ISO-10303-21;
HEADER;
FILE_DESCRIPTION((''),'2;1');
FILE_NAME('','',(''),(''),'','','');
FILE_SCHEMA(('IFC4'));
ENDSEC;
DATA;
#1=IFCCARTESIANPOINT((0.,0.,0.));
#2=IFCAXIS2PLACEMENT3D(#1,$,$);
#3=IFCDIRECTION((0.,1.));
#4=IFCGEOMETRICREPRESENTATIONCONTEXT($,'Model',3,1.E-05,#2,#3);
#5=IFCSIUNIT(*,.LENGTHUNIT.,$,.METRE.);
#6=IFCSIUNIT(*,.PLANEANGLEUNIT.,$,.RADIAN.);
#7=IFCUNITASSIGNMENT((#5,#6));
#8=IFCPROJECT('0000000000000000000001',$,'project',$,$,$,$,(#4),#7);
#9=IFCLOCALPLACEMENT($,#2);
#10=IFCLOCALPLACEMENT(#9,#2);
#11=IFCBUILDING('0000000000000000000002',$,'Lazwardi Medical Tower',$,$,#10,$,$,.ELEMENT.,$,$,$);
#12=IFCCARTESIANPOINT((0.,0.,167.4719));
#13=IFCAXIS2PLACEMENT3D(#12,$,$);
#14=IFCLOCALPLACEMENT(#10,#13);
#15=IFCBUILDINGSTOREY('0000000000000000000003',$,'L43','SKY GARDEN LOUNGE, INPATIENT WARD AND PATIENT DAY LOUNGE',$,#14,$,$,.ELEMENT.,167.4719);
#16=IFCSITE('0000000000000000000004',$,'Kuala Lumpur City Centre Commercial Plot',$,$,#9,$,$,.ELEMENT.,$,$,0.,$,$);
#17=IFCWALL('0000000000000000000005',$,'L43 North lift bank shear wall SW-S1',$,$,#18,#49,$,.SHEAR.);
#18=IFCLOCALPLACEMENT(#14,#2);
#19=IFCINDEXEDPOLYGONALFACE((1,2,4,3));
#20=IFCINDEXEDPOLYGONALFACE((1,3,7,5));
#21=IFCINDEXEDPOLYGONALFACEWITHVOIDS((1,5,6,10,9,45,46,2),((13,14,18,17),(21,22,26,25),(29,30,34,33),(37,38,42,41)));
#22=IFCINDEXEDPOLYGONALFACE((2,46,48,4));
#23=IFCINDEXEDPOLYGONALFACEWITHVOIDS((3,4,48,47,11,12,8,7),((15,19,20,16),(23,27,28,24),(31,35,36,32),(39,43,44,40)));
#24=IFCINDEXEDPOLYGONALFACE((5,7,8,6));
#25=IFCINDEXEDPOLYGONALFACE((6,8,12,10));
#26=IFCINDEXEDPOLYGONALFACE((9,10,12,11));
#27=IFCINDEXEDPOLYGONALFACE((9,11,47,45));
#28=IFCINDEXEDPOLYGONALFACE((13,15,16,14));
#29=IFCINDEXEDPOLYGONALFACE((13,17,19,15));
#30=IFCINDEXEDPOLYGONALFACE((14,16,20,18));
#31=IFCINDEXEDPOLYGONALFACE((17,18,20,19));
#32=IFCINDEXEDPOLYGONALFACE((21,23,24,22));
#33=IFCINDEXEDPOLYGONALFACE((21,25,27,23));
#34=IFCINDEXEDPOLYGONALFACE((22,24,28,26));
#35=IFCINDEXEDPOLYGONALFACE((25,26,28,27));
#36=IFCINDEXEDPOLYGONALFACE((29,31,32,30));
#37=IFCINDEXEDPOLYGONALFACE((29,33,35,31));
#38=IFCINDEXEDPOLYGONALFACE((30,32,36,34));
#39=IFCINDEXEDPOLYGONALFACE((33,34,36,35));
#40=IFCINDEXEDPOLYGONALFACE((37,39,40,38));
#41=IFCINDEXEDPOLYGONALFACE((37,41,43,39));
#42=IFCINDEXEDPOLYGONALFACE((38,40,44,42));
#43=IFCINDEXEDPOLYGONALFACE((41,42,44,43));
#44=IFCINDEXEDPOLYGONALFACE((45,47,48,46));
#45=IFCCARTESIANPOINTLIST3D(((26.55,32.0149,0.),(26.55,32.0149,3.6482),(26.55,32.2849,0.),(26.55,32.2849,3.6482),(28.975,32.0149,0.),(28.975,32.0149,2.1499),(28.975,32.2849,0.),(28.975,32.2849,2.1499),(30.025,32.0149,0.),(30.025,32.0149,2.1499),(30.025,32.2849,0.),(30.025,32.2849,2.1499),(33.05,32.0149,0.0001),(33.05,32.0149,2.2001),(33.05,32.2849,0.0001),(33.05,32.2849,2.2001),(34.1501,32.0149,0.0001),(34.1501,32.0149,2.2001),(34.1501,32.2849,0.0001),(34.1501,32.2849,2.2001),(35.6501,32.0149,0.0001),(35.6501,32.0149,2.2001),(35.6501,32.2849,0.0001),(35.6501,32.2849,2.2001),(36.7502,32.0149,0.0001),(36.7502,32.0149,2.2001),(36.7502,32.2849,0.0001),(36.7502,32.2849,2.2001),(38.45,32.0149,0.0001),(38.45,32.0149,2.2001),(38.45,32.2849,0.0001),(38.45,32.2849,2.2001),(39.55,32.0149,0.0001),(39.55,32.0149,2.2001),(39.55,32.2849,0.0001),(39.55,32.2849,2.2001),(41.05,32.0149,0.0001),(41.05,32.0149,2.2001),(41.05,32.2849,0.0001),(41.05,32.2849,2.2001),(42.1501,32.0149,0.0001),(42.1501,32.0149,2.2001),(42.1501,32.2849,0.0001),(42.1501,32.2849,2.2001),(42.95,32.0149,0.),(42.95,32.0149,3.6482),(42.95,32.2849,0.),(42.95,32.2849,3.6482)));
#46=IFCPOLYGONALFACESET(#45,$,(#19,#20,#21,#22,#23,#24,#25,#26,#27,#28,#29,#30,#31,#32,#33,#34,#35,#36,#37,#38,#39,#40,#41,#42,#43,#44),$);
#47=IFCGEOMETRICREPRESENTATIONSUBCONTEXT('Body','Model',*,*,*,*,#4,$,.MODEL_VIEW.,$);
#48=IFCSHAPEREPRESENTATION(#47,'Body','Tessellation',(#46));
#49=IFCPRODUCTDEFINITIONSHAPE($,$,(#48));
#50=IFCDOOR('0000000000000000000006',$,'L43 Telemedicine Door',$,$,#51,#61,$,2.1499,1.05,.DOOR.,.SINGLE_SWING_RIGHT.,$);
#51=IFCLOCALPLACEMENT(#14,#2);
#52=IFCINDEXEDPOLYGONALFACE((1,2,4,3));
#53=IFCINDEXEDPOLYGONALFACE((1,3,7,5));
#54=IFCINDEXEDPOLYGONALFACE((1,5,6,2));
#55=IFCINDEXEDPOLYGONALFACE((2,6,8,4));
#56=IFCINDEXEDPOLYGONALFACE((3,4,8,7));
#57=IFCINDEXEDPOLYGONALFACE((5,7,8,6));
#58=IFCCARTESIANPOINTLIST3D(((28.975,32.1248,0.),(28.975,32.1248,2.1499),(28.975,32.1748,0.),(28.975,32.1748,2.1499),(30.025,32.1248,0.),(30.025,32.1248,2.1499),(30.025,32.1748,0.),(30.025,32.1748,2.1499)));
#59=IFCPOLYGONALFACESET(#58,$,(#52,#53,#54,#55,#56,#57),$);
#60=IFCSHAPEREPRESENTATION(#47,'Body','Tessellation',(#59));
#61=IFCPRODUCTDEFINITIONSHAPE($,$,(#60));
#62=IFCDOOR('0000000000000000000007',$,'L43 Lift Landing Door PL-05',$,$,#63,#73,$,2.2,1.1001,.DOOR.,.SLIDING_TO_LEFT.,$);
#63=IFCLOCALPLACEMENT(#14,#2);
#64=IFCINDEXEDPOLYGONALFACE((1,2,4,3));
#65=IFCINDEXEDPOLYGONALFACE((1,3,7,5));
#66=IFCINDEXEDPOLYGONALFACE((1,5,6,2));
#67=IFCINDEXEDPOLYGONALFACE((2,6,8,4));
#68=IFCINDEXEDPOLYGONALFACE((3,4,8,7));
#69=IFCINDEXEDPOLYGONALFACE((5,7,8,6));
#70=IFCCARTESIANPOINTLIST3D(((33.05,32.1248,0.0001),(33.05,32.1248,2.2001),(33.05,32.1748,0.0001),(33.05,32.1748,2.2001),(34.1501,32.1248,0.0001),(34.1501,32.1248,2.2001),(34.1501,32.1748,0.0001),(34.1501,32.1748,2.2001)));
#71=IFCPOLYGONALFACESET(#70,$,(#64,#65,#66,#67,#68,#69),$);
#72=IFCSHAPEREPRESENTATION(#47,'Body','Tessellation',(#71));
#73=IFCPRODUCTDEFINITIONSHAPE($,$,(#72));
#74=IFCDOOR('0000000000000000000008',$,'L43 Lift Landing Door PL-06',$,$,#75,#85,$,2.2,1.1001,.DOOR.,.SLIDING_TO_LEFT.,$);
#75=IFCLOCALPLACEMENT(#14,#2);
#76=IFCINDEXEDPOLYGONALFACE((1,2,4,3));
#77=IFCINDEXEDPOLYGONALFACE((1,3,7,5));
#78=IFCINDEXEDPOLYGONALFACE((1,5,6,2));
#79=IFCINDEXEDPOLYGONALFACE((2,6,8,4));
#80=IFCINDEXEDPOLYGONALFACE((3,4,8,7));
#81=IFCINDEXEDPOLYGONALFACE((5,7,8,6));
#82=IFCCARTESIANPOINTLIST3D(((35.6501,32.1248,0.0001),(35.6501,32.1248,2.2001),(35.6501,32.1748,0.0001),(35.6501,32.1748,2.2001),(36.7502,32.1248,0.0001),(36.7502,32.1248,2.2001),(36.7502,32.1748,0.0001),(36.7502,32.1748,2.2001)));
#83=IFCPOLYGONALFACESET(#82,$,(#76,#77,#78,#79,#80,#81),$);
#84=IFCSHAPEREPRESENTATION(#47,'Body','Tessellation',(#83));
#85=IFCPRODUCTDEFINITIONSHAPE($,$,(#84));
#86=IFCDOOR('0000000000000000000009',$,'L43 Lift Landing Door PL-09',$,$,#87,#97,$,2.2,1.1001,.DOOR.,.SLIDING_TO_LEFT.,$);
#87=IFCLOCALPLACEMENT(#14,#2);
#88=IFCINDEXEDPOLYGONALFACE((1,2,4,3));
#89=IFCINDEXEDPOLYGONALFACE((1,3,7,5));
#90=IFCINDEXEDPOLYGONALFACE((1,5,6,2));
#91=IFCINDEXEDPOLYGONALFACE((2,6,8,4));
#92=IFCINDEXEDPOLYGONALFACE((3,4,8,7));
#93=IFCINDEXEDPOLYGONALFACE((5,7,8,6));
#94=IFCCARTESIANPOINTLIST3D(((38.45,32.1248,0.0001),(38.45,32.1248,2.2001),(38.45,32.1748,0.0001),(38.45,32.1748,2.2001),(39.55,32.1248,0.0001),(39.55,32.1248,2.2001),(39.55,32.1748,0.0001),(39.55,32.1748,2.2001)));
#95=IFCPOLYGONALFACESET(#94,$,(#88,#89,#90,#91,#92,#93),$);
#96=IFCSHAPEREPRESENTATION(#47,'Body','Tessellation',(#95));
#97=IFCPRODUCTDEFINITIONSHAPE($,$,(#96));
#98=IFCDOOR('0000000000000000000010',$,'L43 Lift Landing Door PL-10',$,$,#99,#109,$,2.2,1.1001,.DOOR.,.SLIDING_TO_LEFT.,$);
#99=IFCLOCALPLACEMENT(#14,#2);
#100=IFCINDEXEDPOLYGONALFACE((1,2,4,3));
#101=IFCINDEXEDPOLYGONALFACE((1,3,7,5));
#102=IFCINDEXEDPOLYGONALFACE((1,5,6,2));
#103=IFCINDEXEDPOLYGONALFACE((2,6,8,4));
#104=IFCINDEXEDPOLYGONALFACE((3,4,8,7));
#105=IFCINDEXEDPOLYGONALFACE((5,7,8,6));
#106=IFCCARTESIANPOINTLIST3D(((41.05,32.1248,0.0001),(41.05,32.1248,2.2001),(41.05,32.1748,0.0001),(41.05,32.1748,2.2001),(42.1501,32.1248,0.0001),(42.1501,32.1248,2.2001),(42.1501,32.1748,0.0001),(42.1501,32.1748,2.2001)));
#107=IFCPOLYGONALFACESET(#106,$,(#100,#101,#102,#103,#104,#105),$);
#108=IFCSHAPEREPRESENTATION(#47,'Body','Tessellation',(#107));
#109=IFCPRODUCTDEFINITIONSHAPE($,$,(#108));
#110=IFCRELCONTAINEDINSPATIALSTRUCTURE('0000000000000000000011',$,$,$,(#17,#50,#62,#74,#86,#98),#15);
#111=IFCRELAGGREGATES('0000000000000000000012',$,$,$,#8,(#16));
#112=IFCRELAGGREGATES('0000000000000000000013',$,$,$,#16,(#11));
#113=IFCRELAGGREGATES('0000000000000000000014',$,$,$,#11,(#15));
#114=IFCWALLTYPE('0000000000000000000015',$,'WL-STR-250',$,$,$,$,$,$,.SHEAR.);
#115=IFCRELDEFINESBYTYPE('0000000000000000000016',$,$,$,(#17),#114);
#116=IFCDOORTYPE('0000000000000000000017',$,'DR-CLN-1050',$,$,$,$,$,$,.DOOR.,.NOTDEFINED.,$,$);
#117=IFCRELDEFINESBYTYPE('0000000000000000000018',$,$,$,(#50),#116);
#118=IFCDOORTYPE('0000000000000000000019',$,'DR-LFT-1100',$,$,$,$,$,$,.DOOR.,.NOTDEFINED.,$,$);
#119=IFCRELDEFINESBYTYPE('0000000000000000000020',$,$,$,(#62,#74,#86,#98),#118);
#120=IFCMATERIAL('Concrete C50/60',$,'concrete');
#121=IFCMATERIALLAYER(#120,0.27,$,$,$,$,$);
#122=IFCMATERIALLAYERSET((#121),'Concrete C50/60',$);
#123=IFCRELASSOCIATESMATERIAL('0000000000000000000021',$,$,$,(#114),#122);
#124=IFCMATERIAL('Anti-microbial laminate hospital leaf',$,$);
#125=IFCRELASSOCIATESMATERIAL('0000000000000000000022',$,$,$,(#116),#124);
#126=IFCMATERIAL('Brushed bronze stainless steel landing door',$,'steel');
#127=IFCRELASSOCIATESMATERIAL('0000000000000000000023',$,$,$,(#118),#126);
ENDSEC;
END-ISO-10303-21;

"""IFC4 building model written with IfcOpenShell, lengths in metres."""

from ifc_helpers import new_model, si_unit, direction, frame, frame_2d, origin, place, context, subcontext, project, spatial, rectangle, extrude, material, layer, layer_set, type_object, element, fill, save


model = new_model("IFC4")

# Units and contexts
model_context = context("Model", 3, precision=1e-05, world=origin(), true_north=direction((0.0, 1.0)))
body_context = subcontext(model_context, "Body", "Model", "MODEL_VIEW")
ifc_project = project(units=[si_unit("LENGTHUNIT", "METRE"), si_unit("PLANEANGLEUNIT", "RADIAN")], contexts=[model_context])

# Site, building, storey
site_placement = place(None, origin())
site = spatial("IfcSite", under=ifc_project, at=site_placement, Name="Kuala Lumpur City Centre Commercial Plot", CompositionType="ELEMENT", RefElevation=0.0)
building_placement = place(site_placement, origin())
building = spatial("IfcBuilding", under=site, at=building_placement, Name="Lazwardi Medical Tower", CompositionType="ELEMENT")
storey_placement = place(building_placement, frame((0.0, 0.0, 167.4719)))
storey = spatial("IfcBuildingStorey", under=building, at=storey_placement, Name="L43", Description="SKY GARDEN LOUNGE, INPATIENT WARD AND PATIENT DAY LOUNGE", CompositionType="ELEMENT", Elevation=167.4719)

# Shared definitions
ifc_material_1 = material(Name="Concrete C50/60", Category="concrete")
ifc_layer_1 = layer(ifc_material_1, 0.27)
ifc_layer_set_1 = layer_set([ifc_layer_1], Name="Concrete C50/60")
wall_type_1 = type_object("IfcWallType", Name="WL-STR-250", PredefinedType="SHEAR", material=ifc_layer_set_1)

# Wall, openings, doors
wall_1_placement = place(storey_placement, frame((26.55, 32.1499, 0.0), z_axis=(0.0, 0.0, 1.0), x_axis=(1.0, 0.0, 0.0)))
wall_1 = element("IfcWall", 1, at=wall_1_placement, inside=storey, type_object=wall_type_1, Name="L43 North lift bank shear wall SW-S1", PredefinedType="SHEAR", context=body_context, shape_type="SweptSolid", body=[
    extrude(rectangle(XDim=16.3999, YDim=0.27, at=frame_2d((8.2, 0.0))), origin(), (0.0, 0.0, 1.0), 3.6482),
])
opening_1_placement = place(wall_1_placement, frame((2.425, 0.0, 0.0)))
opening_1 = element("IfcOpeningElement", 2, at=opening_1_placement, cuts=wall_1, PredefinedType="OPENING", context=body_context, shape_type="SweptSolid", body=[
    extrude(rectangle(XDim=1.05, YDim=2.1499, at=frame_2d((0.5249, 1.075))), frame((0.0, 0.145, 0.0), z_axis=(0.0, -1.0, 0.0), x_axis=(1.0, 0.0, 0.0)), (0.0, 0.0, 1.0), 0.29),
])
opening_2_placement = place(wall_1_placement, frame((6.5, 0.0, 0.0)))
opening_2 = element("IfcOpeningElement", 3, at=opening_2_placement, cuts=wall_1, PredefinedType="OPENING", context=body_context, shape_type="SweptSolid", body=[
    extrude(rectangle(XDim=1.1001, YDim=2.2, at=frame_2d((0.55, 1.1001))), frame((0.0, 0.145, 0.0), z_axis=(0.0, -1.0, 0.0), x_axis=(1.0, 0.0, 0.0)), (0.0, 0.0, 1.0), 0.29),
])
opening_3_placement = place(wall_1_placement, frame((9.1001, 0.0, 0.0)))
opening_3 = element("IfcOpeningElement", 4, at=opening_3_placement, cuts=wall_1, PredefinedType="OPENING", context=body_context, shape_type="SweptSolid", body=[
    extrude(rectangle(XDim=1.1001, YDim=2.2, at=frame_2d((0.55, 1.1001))), frame((0.0, 0.145, 0.0), z_axis=(0.0, -1.0, 0.0), x_axis=(1.0, 0.0, 0.0)), (0.0, 0.0, 1.0), 0.29),
])
opening_4_placement = place(wall_1_placement, frame((11.8999, 0.0, 0.0)))
opening_4 = element("IfcOpeningElement", 5, at=opening_4_placement, cuts=wall_1, PredefinedType="OPENING", context=body_context, shape_type="SweptSolid", body=[
    extrude(rectangle(XDim=1.1001, YDim=2.2, at=frame_2d((0.55, 1.1001))), frame((0.0, 0.145, 0.0), z_axis=(0.0, -1.0, 0.0), x_axis=(1.0, 0.0, 0.0)), (0.0, 0.0, 1.0), 0.29),
])
opening_5_placement = place(wall_1_placement, frame((14.5, 0.0, 0.0)))
opening_5 = element("IfcOpeningElement", 6, at=opening_5_placement, cuts=wall_1, PredefinedType="OPENING", context=body_context, shape_type="SweptSolid", body=[
    extrude(rectangle(XDim=1.1001, YDim=2.2, at=frame_2d((0.55, 1.1001))), frame((0.0, 0.145, 0.0), z_axis=(0.0, -1.0, 0.0), x_axis=(1.0, 0.0, 0.0)), (0.0, 0.0, 1.0), 0.29),
])
ifc_material_2 = material(Name="Anti-microbial laminate hospital leaf")
door_type_1 = type_object("IfcDoorType", Name="DR-CLN-1050", OperationType="NOTDEFINED", PredefinedType="DOOR", material=ifc_material_2)
door_1_placement = place(opening_1_placement, origin())
door_1 = element("IfcDoor", 7, at=door_1_placement, inside=storey, type_object=door_type_1, Name="L43 Telemedicine Door", OperationType="SINGLE_SWING_RIGHT", OverallHeight=2.1499, OverallWidth=1.05, PredefinedType="DOOR", context=body_context, shape_type="SweptSolid", body=[
    extrude(rectangle(XDim=1.05, YDim=2.1499, at=frame_2d((0.5249, 1.075))), frame((0.0, 0.0249, 0.0), z_axis=(0.0, -1.0, 0.0), x_axis=(1.0, 0.0, 0.0)), (0.0, 0.0, 1.0), 0.05),
])
fill(opening_1, door_1)
ifc_material_3 = material(Name="Brushed bronze stainless steel landing door", Category="steel")
door_type_2 = type_object("IfcDoorType", Name="DR-LFT-1100", OperationType="NOTDEFINED", PredefinedType="DOOR", material=ifc_material_3)
door_2_placement = place(opening_2_placement, origin())
door_2 = element("IfcDoor", 8, at=door_2_placement, inside=storey, type_object=door_type_2, Name="L43 Lift Landing Door PL-05", OperationType="SLIDING_TO_LEFT", OverallHeight=2.2, OverallWidth=1.1001, PredefinedType="DOOR", context=body_context, shape_type="SweptSolid", body=[
    extrude(rectangle(XDim=1.1001, YDim=2.2, at=frame_2d((0.55, 1.1001))), frame((0.0, 0.0249, 0.0), z_axis=(0.0, -1.0, 0.0), x_axis=(1.0, 0.0, 0.0)), (0.0, 0.0, 1.0), 0.05),
])
fill(opening_2, door_2)
door_3_placement = place(opening_3_placement, origin())
door_3 = element("IfcDoor", 9, at=door_3_placement, inside=storey, type_object=door_type_2, Name="L43 Lift Landing Door PL-06", OperationType="SLIDING_TO_LEFT", OverallHeight=2.2, OverallWidth=1.1001, PredefinedType="DOOR", context=body_context, shape_type="SweptSolid", body=[
    extrude(rectangle(XDim=1.1001, YDim=2.2, at=frame_2d((0.55, 1.1001))), frame((0.0, 0.0249, 0.0), z_axis=(0.0, -1.0, 0.0), x_axis=(1.0, 0.0, 0.0)), (0.0, 0.0, 1.0), 0.05),
])
fill(opening_3, door_3)
door_4_placement = place(opening_4_placement, origin())
door_4 = element("IfcDoor", 10, at=door_4_placement, inside=storey, type_object=door_type_2, Name="L43 Lift Landing Door PL-09", OperationType="SLIDING_TO_LEFT", OverallHeight=2.2, OverallWidth=1.1001, PredefinedType="DOOR", context=body_context, shape_type="SweptSolid", body=[
    extrude(rectangle(XDim=1.1001, YDim=2.2, at=frame_2d((0.55, 1.1001))), frame((0.0, 0.0249, 0.0), z_axis=(0.0, -1.0, 0.0), x_axis=(1.0, 0.0, 0.0)), (0.0, 0.0, 1.0), 0.05),
])
fill(opening_4, door_4)
door_5_placement = place(opening_5_placement, origin())
door_5 = element("IfcDoor", 11, at=door_5_placement, inside=storey, type_object=door_type_2, Name="L43 Lift Landing Door PL-10", OperationType="SLIDING_TO_LEFT", OverallHeight=2.2, OverallWidth=1.1001, PredefinedType="DOOR", context=body_context, shape_type="SweptSolid", body=[
    extrude(rectangle(XDim=1.1001, YDim=2.2, at=frame_2d((0.55, 1.1001))), frame((0.0, 0.0249, 0.0), z_axis=(0.0, -1.0, 0.0), x_axis=(1.0, 0.0, 0.0)), (0.0, 0.0, 1.0), 0.05),
])
fill(opening_5, door_5)

save(model, "model.ifc")
